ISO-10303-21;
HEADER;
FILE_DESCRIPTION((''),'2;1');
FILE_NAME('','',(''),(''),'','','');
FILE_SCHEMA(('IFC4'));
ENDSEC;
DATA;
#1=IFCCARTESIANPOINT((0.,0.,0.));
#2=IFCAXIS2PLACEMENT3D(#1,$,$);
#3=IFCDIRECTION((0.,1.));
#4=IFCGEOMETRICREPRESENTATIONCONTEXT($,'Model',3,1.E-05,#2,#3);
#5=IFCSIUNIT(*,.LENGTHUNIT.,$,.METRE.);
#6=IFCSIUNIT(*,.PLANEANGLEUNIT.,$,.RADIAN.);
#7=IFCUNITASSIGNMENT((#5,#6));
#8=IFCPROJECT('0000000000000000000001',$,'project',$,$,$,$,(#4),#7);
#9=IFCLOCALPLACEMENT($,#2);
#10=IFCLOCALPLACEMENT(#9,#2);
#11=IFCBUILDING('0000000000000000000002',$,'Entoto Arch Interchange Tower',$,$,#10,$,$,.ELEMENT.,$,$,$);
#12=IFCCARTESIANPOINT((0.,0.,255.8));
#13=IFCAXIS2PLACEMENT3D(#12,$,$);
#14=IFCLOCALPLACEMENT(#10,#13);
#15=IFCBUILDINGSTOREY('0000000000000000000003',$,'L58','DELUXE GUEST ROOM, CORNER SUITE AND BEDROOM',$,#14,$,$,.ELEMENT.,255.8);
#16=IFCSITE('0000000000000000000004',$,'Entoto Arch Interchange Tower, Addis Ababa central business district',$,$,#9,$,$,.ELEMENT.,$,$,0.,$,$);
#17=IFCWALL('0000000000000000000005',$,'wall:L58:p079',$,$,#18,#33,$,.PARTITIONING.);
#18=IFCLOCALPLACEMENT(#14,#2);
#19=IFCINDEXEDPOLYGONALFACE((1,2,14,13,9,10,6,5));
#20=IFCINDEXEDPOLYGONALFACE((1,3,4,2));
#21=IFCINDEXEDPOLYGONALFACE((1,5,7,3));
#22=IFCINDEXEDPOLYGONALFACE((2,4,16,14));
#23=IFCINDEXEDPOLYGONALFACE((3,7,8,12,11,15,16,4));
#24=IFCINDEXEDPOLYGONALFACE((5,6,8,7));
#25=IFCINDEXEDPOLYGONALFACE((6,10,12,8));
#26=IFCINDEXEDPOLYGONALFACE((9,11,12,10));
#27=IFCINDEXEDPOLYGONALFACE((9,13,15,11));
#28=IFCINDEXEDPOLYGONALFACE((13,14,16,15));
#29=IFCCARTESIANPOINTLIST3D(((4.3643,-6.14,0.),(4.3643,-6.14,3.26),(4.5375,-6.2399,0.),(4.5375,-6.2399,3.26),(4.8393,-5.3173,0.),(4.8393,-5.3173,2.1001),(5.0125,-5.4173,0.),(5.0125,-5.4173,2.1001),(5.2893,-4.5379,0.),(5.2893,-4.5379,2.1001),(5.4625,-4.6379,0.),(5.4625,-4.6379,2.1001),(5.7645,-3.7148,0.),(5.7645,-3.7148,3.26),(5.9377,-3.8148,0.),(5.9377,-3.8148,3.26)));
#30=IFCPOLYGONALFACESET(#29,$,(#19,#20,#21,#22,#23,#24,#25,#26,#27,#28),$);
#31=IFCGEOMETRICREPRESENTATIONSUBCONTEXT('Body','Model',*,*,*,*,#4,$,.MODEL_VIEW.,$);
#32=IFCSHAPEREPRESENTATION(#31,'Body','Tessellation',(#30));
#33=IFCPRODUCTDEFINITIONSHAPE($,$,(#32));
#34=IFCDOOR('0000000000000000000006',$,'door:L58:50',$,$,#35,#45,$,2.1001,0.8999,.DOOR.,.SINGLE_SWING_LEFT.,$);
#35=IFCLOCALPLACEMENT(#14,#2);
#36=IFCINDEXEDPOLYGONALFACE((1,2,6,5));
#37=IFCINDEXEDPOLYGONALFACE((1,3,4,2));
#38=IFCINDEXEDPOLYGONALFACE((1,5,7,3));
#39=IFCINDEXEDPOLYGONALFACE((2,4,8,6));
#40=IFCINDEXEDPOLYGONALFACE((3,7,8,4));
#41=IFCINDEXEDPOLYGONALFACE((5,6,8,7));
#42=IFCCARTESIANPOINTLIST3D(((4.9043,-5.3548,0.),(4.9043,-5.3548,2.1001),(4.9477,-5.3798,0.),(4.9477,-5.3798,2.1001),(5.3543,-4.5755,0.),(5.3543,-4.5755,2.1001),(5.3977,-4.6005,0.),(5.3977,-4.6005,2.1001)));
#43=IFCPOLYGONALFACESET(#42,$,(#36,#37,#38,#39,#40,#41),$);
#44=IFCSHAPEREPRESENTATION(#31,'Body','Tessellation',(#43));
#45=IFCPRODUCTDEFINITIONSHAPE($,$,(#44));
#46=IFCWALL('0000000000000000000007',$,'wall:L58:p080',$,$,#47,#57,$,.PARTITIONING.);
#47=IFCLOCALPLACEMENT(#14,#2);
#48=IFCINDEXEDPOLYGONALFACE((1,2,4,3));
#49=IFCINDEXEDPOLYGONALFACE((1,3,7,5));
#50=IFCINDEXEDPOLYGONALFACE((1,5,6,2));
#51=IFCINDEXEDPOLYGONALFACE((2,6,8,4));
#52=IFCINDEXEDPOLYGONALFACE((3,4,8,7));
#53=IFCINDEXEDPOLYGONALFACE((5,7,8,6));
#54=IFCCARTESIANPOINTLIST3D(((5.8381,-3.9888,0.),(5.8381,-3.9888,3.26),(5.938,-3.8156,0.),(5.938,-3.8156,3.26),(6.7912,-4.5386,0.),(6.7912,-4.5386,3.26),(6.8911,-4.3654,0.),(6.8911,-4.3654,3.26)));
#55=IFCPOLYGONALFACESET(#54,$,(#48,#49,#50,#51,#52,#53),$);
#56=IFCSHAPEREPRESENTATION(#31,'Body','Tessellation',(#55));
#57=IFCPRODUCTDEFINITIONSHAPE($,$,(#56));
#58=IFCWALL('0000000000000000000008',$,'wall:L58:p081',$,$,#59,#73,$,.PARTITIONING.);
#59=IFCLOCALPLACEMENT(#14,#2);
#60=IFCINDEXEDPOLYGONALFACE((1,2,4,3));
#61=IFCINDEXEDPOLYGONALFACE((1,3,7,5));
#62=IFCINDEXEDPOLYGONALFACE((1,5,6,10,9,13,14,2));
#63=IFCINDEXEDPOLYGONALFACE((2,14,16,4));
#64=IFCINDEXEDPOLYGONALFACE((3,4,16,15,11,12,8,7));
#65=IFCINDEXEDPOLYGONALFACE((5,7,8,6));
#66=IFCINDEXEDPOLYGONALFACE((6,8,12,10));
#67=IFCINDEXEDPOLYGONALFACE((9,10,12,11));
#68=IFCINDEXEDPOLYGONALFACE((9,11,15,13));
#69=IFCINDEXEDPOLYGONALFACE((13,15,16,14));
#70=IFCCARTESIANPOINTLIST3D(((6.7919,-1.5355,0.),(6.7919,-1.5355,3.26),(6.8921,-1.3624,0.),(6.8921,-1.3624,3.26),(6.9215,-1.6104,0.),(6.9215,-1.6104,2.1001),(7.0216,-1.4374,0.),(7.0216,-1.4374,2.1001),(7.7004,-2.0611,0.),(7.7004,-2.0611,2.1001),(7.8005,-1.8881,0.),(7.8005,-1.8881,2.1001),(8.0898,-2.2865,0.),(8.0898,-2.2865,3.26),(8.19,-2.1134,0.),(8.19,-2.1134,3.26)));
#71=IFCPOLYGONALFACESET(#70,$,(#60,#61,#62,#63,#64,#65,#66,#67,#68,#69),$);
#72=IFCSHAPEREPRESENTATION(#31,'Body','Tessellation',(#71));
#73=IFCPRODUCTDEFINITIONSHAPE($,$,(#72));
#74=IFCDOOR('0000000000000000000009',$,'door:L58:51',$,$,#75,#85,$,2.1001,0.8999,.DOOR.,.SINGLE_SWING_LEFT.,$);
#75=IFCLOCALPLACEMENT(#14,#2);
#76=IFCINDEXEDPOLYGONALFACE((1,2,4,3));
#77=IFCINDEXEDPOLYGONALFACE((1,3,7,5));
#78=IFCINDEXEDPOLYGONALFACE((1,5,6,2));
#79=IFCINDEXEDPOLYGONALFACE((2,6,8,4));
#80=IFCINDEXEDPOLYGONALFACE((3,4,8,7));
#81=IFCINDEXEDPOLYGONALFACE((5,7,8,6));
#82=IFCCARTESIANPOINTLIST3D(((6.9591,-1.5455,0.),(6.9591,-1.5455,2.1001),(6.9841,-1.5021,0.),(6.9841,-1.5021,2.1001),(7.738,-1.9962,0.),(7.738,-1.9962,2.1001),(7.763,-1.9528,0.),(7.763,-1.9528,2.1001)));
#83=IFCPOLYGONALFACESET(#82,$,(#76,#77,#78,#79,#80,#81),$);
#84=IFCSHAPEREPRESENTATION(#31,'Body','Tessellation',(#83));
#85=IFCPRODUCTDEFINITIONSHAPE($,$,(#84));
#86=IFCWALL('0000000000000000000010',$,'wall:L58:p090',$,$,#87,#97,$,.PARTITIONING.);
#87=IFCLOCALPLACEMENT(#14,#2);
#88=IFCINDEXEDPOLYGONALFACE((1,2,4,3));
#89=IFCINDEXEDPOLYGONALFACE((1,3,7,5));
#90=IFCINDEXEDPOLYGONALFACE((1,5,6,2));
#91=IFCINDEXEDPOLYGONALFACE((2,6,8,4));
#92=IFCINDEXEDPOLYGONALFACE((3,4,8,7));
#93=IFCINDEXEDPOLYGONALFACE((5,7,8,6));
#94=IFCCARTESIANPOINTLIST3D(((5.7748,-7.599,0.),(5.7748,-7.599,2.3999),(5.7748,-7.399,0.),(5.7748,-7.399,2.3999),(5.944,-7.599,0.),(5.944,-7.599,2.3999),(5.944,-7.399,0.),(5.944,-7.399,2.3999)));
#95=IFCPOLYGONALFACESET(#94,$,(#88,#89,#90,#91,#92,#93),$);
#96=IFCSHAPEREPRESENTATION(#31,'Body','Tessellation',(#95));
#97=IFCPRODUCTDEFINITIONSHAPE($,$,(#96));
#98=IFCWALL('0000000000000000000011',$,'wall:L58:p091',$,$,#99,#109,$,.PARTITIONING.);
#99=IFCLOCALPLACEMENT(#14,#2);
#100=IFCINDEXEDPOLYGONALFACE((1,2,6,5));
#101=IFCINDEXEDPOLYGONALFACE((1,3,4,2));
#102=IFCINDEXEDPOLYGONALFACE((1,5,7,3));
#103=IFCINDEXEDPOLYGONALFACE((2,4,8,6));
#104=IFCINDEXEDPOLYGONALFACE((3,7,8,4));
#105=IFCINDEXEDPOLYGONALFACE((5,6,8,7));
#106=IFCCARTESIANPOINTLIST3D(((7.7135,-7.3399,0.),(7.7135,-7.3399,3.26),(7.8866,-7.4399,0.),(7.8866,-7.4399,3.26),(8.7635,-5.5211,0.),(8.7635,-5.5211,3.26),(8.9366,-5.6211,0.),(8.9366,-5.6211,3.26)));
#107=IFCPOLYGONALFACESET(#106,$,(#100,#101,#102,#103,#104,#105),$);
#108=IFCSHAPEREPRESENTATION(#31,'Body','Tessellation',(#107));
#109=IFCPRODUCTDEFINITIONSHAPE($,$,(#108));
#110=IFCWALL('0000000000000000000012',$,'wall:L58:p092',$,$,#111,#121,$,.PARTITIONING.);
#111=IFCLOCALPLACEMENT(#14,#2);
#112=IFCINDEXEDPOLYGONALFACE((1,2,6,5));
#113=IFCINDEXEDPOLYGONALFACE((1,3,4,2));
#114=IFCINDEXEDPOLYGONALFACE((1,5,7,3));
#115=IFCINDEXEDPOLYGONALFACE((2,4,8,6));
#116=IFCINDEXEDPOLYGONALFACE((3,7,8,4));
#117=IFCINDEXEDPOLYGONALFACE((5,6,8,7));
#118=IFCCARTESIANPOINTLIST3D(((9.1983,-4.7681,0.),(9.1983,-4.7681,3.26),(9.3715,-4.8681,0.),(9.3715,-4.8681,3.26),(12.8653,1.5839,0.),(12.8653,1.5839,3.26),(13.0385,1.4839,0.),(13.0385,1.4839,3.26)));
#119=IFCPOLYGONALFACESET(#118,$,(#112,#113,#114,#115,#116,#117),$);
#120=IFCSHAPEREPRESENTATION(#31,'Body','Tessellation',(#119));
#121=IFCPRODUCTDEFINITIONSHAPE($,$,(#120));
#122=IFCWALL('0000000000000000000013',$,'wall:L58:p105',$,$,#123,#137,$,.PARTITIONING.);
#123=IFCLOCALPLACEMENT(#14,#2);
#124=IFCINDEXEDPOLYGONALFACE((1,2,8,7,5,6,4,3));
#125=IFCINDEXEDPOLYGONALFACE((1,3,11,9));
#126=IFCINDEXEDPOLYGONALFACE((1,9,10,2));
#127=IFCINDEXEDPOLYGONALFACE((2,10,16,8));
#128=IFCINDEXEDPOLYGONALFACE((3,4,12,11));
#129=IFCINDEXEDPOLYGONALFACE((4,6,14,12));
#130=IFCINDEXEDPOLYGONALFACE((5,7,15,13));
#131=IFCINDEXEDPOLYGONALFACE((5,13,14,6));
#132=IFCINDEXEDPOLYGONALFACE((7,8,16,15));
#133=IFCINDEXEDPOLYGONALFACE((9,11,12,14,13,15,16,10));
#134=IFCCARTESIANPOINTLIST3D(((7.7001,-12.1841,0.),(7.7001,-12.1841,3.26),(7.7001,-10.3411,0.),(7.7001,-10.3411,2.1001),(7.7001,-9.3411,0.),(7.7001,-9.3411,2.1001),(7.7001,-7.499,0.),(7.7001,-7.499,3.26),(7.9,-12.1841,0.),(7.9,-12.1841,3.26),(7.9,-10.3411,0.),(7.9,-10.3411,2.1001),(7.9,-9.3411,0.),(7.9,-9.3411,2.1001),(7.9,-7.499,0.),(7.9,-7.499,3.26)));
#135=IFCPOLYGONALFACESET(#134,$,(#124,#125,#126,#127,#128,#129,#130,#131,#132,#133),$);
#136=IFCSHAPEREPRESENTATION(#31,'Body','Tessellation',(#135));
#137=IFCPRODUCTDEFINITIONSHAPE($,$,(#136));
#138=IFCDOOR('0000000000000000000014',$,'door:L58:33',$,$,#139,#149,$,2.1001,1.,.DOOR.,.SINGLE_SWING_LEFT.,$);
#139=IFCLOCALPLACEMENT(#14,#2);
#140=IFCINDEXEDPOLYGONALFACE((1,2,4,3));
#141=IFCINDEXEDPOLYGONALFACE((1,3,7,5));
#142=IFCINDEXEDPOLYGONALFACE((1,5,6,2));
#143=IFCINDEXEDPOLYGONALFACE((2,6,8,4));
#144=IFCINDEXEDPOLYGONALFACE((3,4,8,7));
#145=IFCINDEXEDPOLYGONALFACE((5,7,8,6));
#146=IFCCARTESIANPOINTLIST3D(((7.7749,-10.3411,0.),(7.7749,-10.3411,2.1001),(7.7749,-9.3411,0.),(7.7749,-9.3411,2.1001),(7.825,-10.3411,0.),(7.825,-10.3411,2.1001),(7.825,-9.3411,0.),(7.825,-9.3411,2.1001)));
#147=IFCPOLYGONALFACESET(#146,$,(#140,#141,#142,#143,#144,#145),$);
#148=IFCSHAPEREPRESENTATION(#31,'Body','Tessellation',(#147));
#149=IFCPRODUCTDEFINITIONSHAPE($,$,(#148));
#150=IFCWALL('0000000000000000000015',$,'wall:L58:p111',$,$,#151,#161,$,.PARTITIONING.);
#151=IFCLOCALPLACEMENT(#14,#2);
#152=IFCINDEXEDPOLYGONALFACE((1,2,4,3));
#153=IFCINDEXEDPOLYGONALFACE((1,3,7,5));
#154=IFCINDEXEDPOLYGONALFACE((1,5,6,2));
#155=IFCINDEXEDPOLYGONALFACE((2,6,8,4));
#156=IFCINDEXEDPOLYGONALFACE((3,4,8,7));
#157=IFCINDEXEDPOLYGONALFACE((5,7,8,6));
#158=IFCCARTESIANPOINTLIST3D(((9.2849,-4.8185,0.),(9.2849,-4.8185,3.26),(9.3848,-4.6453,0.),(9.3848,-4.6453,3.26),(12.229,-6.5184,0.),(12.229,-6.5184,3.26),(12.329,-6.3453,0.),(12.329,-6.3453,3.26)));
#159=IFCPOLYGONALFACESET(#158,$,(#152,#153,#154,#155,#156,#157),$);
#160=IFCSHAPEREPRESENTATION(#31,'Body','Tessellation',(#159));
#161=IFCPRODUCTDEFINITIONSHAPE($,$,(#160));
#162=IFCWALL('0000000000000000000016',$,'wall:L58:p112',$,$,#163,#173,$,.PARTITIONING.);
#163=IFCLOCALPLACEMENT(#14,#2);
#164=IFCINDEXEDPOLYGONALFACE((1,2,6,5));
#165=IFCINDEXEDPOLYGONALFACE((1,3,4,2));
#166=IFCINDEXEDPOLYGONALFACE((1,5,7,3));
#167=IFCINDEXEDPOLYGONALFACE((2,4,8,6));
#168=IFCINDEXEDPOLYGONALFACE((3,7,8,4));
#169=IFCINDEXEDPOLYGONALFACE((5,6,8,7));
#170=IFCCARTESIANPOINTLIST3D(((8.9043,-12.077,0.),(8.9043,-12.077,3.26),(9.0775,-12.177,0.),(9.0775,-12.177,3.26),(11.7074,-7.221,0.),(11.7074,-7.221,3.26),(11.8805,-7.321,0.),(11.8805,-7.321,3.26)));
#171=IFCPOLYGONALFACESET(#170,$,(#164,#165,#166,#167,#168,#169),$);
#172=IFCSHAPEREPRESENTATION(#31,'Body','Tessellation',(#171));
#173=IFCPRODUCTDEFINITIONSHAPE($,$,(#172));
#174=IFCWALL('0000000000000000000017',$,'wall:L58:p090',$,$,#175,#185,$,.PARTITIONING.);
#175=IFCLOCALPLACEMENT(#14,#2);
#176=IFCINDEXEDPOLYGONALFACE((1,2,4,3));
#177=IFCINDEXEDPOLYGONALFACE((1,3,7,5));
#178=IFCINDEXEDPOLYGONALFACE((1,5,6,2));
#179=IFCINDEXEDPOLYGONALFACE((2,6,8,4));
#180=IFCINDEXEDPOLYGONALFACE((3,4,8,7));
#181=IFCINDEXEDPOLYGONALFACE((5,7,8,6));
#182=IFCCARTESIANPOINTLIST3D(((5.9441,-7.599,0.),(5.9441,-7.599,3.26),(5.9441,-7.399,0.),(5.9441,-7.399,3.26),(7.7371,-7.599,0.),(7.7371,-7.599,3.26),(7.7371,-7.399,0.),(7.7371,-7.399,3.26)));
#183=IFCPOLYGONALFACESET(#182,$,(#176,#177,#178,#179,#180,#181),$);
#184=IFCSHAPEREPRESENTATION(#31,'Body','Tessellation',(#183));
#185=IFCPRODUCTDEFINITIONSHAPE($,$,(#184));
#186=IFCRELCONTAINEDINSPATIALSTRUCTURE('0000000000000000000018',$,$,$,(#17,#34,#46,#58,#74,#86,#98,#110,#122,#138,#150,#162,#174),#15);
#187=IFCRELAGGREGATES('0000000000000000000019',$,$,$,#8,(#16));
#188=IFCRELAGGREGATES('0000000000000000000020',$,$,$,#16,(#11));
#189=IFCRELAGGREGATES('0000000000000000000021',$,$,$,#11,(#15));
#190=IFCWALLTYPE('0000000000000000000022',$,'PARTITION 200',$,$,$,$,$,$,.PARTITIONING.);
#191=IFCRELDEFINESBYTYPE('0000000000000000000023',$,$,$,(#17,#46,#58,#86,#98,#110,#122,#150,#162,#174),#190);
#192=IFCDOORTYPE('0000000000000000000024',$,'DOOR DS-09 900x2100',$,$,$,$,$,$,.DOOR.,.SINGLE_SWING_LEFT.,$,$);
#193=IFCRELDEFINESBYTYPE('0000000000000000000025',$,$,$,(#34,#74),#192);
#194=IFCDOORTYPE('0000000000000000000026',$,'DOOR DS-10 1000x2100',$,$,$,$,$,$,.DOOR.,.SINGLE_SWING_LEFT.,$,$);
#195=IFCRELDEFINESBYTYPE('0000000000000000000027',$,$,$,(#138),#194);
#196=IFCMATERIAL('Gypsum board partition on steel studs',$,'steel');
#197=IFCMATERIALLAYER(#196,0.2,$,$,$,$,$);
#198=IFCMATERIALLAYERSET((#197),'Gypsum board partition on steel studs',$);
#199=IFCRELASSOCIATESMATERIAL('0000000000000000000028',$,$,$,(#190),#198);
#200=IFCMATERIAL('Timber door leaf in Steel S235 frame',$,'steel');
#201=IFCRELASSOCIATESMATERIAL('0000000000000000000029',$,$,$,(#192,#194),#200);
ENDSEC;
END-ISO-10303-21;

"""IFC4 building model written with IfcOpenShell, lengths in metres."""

from ifc_helpers import new_model, si_unit, direction, frame, frame_2d, origin, place, context, subcontext, project, spatial, rectangle, extrude, material, layer, layer_set, type_object, element, fill, save


model = new_model("IFC4")

# Units and contexts
model_context = context("Model", 3, precision=1e-05, world=origin(), true_north=direction((0.0, 1.0)))
body_context = subcontext(model_context, "Body", "Model", "MODEL_VIEW")
ifc_project = project(units=[si_unit("LENGTHUNIT", "METRE"), si_unit("PLANEANGLEUNIT", "RADIAN")], contexts=[model_context])

# Site, building, storey
site_placement = place(None, origin())
site = spatial("IfcSite", under=ifc_project, at=site_placement, Name="Entoto Arch Interchange Tower, Addis Ababa central business district", CompositionType="ELEMENT", RefElevation=0.0)
building_placement = place(site_placement, origin())
building = spatial("IfcBuilding", under=site, at=building_placement, Name="Entoto Arch Interchange Tower", CompositionType="ELEMENT")
storey_placement = place(building_placement, frame((0.0, 0.0, 255.8)))
storey = spatial("IfcBuildingStorey", under=building, at=storey_placement, Name="L58", Description="DELUXE GUEST ROOM, CORNER SUITE AND BEDROOM", CompositionType="ELEMENT", Elevation=255.8)

# Shared definitions
ifc_material_1 = material(Name="Gypsum board partition on steel studs", Category="steel")
ifc_layer_1 = layer(ifc_material_1, 0.2)
ifc_layer_set_1 = layer_set([ifc_layer_1], Name="Gypsum board partition on steel studs")
wall_type_1 = type_object("IfcWallType", Name="PARTITION 200", PredefinedType="PARTITIONING", material=ifc_layer_set_1)

# Wall, opening, door
wall_1_placement = place(storey_placement, frame((4.4509, -6.1899, 0.0), z_axis=(0.0, 0.0, 1.0), x_axis=(0.500012, 0.866019, 0.0)))
wall_1 = element("IfcWall", 1, at=wall_1_placement, inside=storey, type_object=wall_type_1, Name="wall:L58:p079", PredefinedType="PARTITIONING", context=body_context, shape_type="SweptSolid", body=[
    extrude(rectangle(XDim=2.8003, YDim=0.2, at=frame_2d((1.4001, 0.0))), origin(), (0.0, 0.0, 1.0), 3.26),
])
opening_1_placement = place(wall_1_placement, frame((0.95, 0.0, 0.0)))
opening_1 = element("IfcOpeningElement", 2, at=opening_1_placement, cuts=wall_1, PredefinedType="OPENING", context=body_context, shape_type="SweptSolid", body=[
    extrude(rectangle(XDim=0.8999, YDim=2.1001, at=frame_2d((0.45, 1.05))), frame((0.0, 0.1099, 0.0), z_axis=(0.0, -1.0, 0.0), x_axis=(1.0, 0.0, 0.0)), (0.0, 0.0, 1.0), 0.22),
])
ifc_material_2 = material(Name="Timber door leaf in Steel S235 frame", Category="steel")
door_type_1 = type_object("IfcDoorType", Name="DOOR DS-09 900x2100", OperationType="SINGLE_SWING_LEFT", PredefinedType="DOOR", material=ifc_material_2)
door_1_placement = place(opening_1_placement, origin())
door_1 = element("IfcDoor", 3, at=door_1_placement, inside=storey, type_object=door_type_1, Name="door:L58:50", OperationType="SINGLE_SWING_LEFT", OverallHeight=2.1001, OverallWidth=0.8999, PredefinedType="DOOR", context=body_context, shape_type="SweptSolid", body=[
    extrude(rectangle(XDim=0.8999, YDim=2.1001, at=frame_2d((0.45, 1.05))), frame((0.0, 0.0249, 0.0), z_axis=(0.0, -1.0, 0.0), x_axis=(1.0, 0.0, 0.0)), (0.0, 0.0, 1.0), 0.05),
])
fill(opening_1, door_1)

# Wall
wall_2_placement = place(storey_placement, frame((5.8879, -3.9021, 0.0), z_axis=(0.0, 0.0, 1.0), x_axis=(0.866215, -0.499671, 0.0)))
element("IfcWall", 4, at=wall_2_placement, inside=storey, type_object=wall_type_1, Name="wall:L58:p080", PredefinedType="PARTITIONING", context=body_context, shape_type="SweptSolid", body=[
    extrude(rectangle(XDim=1.1003, YDim=0.2, at=frame_2d((0.5503, 0.0))), origin(), (0.0, 0.0, 1.0), 3.26),
])

# Wall, opening, door
wall_3_placement = place(storey_placement, frame((8.1399, -2.2, 0.0), z_axis=(0.0, 0.0, 1.0), x_axis=(-0.865545, 0.500831, 0.0)))
wall_3 = element("IfcWall", 5, at=wall_3_placement, inside=storey, type_object=wall_type_1, Name="wall:L58:p081", PredefinedType="PARTITIONING", context=body_context, shape_type="SweptSolid", body=[
    extrude(rectangle(XDim=1.4995, YDim=0.2, at=frame_2d((0.7498, 0.0))), origin(), (0.0, 0.0, 1.0), 3.26),
])
opening_2_placement = place(wall_3_placement, frame((0.45, 0.0, 0.0)))
opening_2 = element("IfcOpeningElement", 6, at=opening_2_placement, cuts=wall_3, PredefinedType="OPENING", context=body_context, shape_type="SweptSolid", body=[
    extrude(rectangle(XDim=0.8999, YDim=2.1001, at=frame_2d((0.45, 1.05))), frame((0.0, 0.1099, 0.0), z_axis=(0.0, -1.0, 0.0), x_axis=(1.0, 0.0, 0.0)), (0.0, 0.0, 1.0), 0.22),
])
door_2_placement = place(opening_2_placement, origin())
door_2 = element("IfcDoor", 7, at=door_2_placement, inside=storey, type_object=door_type_1, Name="door:L58:51", OperationType="SINGLE_SWING_LEFT", OverallHeight=2.1001, OverallWidth=0.8999, PredefinedType="DOOR", context=body_context, shape_type="SweptSolid", body=[
    extrude(rectangle(XDim=0.8999, YDim=2.1001, at=frame_2d((0.45, 1.05))), frame((0.0, 0.0249, 0.0), z_axis=(0.0, -1.0, 0.0), x_axis=(1.0, 0.0, 0.0)), (0.0, 0.0, 1.0), 0.05),
])
fill(opening_2, door_2)

# Walls
wall_4_placement = place(storey_placement, frame((5.7749, -7.499, 0.0), z_axis=(0.0, 0.0, 1.0), x_axis=(1.0, 0.0, 0.0)))
element("IfcWall", 8, at=wall_4_placement, inside=storey, type_object=wall_type_1, Name="wall:L58:p090", PredefinedType="PARTITIONING", context=body_context, shape_type="SweptSolid", body=[
    extrude(rectangle(XDim=0.1692, YDim=0.2, at=frame_2d((0.0845, 0.0))), origin(), (0.0, 0.0, 1.0), 2.3999),
])
wall_5_placement = place(storey_placement, frame((7.8, -7.3899, 0.0), z_axis=(0.0, 0.0, 1.0), x_axis=(0.499977, 0.866038, 0.0)))
element("IfcWall", 9, at=wall_5_placement, inside=storey, type_object=wall_type_1, Name="wall:L58:p091", PredefinedType="PARTITIONING", context=body_context, shape_type="SweptSolid", body=[
    extrude(rectangle(XDim=2.1001, YDim=0.2, at=frame_2d((1.05, 0.0))), origin(), (0.0, 0.0, 1.0), 3.26),
])
wall_6_placement = place(storey_placement, frame((9.2849, -4.8181, 0.0), z_axis=(0.0, 0.0, 1.0), x_axis=(0.499963, 0.866047, 0.0)))
element("IfcWall", 10, at=wall_6_placement, inside=storey, type_object=wall_type_1, Name="wall:L58:p092", PredefinedType="PARTITIONING", context=body_context, shape_type="SweptSolid", body=[
    extrude(rectangle(XDim=7.3345, YDim=0.2, at=frame_2d((3.6672, 0.0))), origin(), (0.0, 0.0, 1.0), 3.26),
])

# Wall, opening, door
wall_7_placement = place(storey_placement, frame((7.8, -7.499, 0.0), z_axis=(0.0, 0.0, 1.0), x_axis=(0.0, -1.0, 0.0)))
wall_7 = element("IfcWall", 11, at=wall_7_placement, inside=storey, type_object=wall_type_1, Name="wall:L58:p105", PredefinedType="PARTITIONING", context=body_context, shape_type="SweptSolid", body=[
    extrude(rectangle(XDim=4.6851, YDim=0.2, at=frame_2d((2.3425, 0.0))), origin(), (0.0, 0.0, 1.0), 3.26),
])
opening_3_placement = place(wall_7_placement, frame((1.842, 0.0, 0.0)))
opening_3 = element("IfcOpeningElement", 12, at=opening_3_placement, cuts=wall_7, PredefinedType="OPENING", context=body_context, shape_type="SweptSolid", body=[
    extrude(rectangle(XDim=1.0, YDim=2.1001, at=frame_2d((0.5, 1.05))), frame((0.0, 0.1099, 0.0), z_axis=(0.0, -1.0, 0.0), x_axis=(1.0, 0.0, 0.0)), (0.0, 0.0, 1.0), 0.22),
])
door_type_2 = type_object("IfcDoorType", Name="DOOR DS-10 1000x2100", OperationType="SINGLE_SWING_LEFT", PredefinedType="DOOR", material=ifc_material_2)
door_3_placement = place(opening_3_placement, origin())
door_3 = element("IfcDoor", 13, at=door_3_placement, inside=storey, type_object=door_type_2, Name="door:L58:33", OperationType="SINGLE_SWING_LEFT", OverallHeight=2.1001, OverallWidth=1.0, PredefinedType="DOOR", context=body_context, shape_type="SweptSolid", body=[
    extrude(rectangle(XDim=1.0, YDim=2.1001, at=frame_2d((0.5, 1.05))), frame((0.0, 0.0249, 0.0), z_axis=(0.0, -1.0, 0.0), x_axis=(1.0, 0.0, 0.0)), (0.0, 0.0, 1.0), 0.05),
])
fill(opening_3, door_3)

# Walls
wall_8_placement = place(storey_placement, frame((9.335, -4.7319, 0.0), z_axis=(0.0, 0.0, 1.0), x_axis=(0.866003, -0.500039, 0.0)))
element("IfcWall", 14, at=wall_8_placement, inside=storey, type_object=wall_type_1, Name="wall:L58:p111", PredefinedType="PARTITIONING", context=body_context, shape_type="SweptSolid", body=[
    extrude(rectangle(XDim=3.3997, YDim=0.2, at=frame_2d((1.6997, 0.0))), origin(), (0.0, 0.0, 1.0), 3.26),
])
wall_9_placement = place(storey_placement, frame((11.7939, -7.271, 0.0), z_axis=(0.0, 0.0, 1.0), x_axis=(-0.499918, -0.866072, 0.0)))
element("IfcWall", 15, at=wall_9_placement, inside=storey, type_object=wall_type_1, Name="wall:L58:p112", PredefinedType="PARTITIONING", context=body_context, shape_type="SweptSolid", body=[
    extrude(rectangle(XDim=5.6069, YDim=0.2, at=frame_2d((2.8035, 0.0))), origin(), (0.0, 0.0, 1.0), 3.26),
])
wall_10_placement = place(storey_placement, frame((5.9441, -7.499, 0.0), z_axis=(0.0, 0.0, 1.0), x_axis=(1.0, 0.0, 0.0)))
element("IfcWall", 16, at=wall_10_placement, inside=storey, type_object=wall_type_1, Name="wall:L58:p090", PredefinedType="PARTITIONING", context=body_context, shape_type="SweptSolid", body=[
    extrude(rectangle(XDim=1.793, YDim=0.2, at=frame_2d((0.8965, 0.0))), origin(), (0.0, 0.0, 1.0), 3.26),
])

save(model, "model.ifc")
